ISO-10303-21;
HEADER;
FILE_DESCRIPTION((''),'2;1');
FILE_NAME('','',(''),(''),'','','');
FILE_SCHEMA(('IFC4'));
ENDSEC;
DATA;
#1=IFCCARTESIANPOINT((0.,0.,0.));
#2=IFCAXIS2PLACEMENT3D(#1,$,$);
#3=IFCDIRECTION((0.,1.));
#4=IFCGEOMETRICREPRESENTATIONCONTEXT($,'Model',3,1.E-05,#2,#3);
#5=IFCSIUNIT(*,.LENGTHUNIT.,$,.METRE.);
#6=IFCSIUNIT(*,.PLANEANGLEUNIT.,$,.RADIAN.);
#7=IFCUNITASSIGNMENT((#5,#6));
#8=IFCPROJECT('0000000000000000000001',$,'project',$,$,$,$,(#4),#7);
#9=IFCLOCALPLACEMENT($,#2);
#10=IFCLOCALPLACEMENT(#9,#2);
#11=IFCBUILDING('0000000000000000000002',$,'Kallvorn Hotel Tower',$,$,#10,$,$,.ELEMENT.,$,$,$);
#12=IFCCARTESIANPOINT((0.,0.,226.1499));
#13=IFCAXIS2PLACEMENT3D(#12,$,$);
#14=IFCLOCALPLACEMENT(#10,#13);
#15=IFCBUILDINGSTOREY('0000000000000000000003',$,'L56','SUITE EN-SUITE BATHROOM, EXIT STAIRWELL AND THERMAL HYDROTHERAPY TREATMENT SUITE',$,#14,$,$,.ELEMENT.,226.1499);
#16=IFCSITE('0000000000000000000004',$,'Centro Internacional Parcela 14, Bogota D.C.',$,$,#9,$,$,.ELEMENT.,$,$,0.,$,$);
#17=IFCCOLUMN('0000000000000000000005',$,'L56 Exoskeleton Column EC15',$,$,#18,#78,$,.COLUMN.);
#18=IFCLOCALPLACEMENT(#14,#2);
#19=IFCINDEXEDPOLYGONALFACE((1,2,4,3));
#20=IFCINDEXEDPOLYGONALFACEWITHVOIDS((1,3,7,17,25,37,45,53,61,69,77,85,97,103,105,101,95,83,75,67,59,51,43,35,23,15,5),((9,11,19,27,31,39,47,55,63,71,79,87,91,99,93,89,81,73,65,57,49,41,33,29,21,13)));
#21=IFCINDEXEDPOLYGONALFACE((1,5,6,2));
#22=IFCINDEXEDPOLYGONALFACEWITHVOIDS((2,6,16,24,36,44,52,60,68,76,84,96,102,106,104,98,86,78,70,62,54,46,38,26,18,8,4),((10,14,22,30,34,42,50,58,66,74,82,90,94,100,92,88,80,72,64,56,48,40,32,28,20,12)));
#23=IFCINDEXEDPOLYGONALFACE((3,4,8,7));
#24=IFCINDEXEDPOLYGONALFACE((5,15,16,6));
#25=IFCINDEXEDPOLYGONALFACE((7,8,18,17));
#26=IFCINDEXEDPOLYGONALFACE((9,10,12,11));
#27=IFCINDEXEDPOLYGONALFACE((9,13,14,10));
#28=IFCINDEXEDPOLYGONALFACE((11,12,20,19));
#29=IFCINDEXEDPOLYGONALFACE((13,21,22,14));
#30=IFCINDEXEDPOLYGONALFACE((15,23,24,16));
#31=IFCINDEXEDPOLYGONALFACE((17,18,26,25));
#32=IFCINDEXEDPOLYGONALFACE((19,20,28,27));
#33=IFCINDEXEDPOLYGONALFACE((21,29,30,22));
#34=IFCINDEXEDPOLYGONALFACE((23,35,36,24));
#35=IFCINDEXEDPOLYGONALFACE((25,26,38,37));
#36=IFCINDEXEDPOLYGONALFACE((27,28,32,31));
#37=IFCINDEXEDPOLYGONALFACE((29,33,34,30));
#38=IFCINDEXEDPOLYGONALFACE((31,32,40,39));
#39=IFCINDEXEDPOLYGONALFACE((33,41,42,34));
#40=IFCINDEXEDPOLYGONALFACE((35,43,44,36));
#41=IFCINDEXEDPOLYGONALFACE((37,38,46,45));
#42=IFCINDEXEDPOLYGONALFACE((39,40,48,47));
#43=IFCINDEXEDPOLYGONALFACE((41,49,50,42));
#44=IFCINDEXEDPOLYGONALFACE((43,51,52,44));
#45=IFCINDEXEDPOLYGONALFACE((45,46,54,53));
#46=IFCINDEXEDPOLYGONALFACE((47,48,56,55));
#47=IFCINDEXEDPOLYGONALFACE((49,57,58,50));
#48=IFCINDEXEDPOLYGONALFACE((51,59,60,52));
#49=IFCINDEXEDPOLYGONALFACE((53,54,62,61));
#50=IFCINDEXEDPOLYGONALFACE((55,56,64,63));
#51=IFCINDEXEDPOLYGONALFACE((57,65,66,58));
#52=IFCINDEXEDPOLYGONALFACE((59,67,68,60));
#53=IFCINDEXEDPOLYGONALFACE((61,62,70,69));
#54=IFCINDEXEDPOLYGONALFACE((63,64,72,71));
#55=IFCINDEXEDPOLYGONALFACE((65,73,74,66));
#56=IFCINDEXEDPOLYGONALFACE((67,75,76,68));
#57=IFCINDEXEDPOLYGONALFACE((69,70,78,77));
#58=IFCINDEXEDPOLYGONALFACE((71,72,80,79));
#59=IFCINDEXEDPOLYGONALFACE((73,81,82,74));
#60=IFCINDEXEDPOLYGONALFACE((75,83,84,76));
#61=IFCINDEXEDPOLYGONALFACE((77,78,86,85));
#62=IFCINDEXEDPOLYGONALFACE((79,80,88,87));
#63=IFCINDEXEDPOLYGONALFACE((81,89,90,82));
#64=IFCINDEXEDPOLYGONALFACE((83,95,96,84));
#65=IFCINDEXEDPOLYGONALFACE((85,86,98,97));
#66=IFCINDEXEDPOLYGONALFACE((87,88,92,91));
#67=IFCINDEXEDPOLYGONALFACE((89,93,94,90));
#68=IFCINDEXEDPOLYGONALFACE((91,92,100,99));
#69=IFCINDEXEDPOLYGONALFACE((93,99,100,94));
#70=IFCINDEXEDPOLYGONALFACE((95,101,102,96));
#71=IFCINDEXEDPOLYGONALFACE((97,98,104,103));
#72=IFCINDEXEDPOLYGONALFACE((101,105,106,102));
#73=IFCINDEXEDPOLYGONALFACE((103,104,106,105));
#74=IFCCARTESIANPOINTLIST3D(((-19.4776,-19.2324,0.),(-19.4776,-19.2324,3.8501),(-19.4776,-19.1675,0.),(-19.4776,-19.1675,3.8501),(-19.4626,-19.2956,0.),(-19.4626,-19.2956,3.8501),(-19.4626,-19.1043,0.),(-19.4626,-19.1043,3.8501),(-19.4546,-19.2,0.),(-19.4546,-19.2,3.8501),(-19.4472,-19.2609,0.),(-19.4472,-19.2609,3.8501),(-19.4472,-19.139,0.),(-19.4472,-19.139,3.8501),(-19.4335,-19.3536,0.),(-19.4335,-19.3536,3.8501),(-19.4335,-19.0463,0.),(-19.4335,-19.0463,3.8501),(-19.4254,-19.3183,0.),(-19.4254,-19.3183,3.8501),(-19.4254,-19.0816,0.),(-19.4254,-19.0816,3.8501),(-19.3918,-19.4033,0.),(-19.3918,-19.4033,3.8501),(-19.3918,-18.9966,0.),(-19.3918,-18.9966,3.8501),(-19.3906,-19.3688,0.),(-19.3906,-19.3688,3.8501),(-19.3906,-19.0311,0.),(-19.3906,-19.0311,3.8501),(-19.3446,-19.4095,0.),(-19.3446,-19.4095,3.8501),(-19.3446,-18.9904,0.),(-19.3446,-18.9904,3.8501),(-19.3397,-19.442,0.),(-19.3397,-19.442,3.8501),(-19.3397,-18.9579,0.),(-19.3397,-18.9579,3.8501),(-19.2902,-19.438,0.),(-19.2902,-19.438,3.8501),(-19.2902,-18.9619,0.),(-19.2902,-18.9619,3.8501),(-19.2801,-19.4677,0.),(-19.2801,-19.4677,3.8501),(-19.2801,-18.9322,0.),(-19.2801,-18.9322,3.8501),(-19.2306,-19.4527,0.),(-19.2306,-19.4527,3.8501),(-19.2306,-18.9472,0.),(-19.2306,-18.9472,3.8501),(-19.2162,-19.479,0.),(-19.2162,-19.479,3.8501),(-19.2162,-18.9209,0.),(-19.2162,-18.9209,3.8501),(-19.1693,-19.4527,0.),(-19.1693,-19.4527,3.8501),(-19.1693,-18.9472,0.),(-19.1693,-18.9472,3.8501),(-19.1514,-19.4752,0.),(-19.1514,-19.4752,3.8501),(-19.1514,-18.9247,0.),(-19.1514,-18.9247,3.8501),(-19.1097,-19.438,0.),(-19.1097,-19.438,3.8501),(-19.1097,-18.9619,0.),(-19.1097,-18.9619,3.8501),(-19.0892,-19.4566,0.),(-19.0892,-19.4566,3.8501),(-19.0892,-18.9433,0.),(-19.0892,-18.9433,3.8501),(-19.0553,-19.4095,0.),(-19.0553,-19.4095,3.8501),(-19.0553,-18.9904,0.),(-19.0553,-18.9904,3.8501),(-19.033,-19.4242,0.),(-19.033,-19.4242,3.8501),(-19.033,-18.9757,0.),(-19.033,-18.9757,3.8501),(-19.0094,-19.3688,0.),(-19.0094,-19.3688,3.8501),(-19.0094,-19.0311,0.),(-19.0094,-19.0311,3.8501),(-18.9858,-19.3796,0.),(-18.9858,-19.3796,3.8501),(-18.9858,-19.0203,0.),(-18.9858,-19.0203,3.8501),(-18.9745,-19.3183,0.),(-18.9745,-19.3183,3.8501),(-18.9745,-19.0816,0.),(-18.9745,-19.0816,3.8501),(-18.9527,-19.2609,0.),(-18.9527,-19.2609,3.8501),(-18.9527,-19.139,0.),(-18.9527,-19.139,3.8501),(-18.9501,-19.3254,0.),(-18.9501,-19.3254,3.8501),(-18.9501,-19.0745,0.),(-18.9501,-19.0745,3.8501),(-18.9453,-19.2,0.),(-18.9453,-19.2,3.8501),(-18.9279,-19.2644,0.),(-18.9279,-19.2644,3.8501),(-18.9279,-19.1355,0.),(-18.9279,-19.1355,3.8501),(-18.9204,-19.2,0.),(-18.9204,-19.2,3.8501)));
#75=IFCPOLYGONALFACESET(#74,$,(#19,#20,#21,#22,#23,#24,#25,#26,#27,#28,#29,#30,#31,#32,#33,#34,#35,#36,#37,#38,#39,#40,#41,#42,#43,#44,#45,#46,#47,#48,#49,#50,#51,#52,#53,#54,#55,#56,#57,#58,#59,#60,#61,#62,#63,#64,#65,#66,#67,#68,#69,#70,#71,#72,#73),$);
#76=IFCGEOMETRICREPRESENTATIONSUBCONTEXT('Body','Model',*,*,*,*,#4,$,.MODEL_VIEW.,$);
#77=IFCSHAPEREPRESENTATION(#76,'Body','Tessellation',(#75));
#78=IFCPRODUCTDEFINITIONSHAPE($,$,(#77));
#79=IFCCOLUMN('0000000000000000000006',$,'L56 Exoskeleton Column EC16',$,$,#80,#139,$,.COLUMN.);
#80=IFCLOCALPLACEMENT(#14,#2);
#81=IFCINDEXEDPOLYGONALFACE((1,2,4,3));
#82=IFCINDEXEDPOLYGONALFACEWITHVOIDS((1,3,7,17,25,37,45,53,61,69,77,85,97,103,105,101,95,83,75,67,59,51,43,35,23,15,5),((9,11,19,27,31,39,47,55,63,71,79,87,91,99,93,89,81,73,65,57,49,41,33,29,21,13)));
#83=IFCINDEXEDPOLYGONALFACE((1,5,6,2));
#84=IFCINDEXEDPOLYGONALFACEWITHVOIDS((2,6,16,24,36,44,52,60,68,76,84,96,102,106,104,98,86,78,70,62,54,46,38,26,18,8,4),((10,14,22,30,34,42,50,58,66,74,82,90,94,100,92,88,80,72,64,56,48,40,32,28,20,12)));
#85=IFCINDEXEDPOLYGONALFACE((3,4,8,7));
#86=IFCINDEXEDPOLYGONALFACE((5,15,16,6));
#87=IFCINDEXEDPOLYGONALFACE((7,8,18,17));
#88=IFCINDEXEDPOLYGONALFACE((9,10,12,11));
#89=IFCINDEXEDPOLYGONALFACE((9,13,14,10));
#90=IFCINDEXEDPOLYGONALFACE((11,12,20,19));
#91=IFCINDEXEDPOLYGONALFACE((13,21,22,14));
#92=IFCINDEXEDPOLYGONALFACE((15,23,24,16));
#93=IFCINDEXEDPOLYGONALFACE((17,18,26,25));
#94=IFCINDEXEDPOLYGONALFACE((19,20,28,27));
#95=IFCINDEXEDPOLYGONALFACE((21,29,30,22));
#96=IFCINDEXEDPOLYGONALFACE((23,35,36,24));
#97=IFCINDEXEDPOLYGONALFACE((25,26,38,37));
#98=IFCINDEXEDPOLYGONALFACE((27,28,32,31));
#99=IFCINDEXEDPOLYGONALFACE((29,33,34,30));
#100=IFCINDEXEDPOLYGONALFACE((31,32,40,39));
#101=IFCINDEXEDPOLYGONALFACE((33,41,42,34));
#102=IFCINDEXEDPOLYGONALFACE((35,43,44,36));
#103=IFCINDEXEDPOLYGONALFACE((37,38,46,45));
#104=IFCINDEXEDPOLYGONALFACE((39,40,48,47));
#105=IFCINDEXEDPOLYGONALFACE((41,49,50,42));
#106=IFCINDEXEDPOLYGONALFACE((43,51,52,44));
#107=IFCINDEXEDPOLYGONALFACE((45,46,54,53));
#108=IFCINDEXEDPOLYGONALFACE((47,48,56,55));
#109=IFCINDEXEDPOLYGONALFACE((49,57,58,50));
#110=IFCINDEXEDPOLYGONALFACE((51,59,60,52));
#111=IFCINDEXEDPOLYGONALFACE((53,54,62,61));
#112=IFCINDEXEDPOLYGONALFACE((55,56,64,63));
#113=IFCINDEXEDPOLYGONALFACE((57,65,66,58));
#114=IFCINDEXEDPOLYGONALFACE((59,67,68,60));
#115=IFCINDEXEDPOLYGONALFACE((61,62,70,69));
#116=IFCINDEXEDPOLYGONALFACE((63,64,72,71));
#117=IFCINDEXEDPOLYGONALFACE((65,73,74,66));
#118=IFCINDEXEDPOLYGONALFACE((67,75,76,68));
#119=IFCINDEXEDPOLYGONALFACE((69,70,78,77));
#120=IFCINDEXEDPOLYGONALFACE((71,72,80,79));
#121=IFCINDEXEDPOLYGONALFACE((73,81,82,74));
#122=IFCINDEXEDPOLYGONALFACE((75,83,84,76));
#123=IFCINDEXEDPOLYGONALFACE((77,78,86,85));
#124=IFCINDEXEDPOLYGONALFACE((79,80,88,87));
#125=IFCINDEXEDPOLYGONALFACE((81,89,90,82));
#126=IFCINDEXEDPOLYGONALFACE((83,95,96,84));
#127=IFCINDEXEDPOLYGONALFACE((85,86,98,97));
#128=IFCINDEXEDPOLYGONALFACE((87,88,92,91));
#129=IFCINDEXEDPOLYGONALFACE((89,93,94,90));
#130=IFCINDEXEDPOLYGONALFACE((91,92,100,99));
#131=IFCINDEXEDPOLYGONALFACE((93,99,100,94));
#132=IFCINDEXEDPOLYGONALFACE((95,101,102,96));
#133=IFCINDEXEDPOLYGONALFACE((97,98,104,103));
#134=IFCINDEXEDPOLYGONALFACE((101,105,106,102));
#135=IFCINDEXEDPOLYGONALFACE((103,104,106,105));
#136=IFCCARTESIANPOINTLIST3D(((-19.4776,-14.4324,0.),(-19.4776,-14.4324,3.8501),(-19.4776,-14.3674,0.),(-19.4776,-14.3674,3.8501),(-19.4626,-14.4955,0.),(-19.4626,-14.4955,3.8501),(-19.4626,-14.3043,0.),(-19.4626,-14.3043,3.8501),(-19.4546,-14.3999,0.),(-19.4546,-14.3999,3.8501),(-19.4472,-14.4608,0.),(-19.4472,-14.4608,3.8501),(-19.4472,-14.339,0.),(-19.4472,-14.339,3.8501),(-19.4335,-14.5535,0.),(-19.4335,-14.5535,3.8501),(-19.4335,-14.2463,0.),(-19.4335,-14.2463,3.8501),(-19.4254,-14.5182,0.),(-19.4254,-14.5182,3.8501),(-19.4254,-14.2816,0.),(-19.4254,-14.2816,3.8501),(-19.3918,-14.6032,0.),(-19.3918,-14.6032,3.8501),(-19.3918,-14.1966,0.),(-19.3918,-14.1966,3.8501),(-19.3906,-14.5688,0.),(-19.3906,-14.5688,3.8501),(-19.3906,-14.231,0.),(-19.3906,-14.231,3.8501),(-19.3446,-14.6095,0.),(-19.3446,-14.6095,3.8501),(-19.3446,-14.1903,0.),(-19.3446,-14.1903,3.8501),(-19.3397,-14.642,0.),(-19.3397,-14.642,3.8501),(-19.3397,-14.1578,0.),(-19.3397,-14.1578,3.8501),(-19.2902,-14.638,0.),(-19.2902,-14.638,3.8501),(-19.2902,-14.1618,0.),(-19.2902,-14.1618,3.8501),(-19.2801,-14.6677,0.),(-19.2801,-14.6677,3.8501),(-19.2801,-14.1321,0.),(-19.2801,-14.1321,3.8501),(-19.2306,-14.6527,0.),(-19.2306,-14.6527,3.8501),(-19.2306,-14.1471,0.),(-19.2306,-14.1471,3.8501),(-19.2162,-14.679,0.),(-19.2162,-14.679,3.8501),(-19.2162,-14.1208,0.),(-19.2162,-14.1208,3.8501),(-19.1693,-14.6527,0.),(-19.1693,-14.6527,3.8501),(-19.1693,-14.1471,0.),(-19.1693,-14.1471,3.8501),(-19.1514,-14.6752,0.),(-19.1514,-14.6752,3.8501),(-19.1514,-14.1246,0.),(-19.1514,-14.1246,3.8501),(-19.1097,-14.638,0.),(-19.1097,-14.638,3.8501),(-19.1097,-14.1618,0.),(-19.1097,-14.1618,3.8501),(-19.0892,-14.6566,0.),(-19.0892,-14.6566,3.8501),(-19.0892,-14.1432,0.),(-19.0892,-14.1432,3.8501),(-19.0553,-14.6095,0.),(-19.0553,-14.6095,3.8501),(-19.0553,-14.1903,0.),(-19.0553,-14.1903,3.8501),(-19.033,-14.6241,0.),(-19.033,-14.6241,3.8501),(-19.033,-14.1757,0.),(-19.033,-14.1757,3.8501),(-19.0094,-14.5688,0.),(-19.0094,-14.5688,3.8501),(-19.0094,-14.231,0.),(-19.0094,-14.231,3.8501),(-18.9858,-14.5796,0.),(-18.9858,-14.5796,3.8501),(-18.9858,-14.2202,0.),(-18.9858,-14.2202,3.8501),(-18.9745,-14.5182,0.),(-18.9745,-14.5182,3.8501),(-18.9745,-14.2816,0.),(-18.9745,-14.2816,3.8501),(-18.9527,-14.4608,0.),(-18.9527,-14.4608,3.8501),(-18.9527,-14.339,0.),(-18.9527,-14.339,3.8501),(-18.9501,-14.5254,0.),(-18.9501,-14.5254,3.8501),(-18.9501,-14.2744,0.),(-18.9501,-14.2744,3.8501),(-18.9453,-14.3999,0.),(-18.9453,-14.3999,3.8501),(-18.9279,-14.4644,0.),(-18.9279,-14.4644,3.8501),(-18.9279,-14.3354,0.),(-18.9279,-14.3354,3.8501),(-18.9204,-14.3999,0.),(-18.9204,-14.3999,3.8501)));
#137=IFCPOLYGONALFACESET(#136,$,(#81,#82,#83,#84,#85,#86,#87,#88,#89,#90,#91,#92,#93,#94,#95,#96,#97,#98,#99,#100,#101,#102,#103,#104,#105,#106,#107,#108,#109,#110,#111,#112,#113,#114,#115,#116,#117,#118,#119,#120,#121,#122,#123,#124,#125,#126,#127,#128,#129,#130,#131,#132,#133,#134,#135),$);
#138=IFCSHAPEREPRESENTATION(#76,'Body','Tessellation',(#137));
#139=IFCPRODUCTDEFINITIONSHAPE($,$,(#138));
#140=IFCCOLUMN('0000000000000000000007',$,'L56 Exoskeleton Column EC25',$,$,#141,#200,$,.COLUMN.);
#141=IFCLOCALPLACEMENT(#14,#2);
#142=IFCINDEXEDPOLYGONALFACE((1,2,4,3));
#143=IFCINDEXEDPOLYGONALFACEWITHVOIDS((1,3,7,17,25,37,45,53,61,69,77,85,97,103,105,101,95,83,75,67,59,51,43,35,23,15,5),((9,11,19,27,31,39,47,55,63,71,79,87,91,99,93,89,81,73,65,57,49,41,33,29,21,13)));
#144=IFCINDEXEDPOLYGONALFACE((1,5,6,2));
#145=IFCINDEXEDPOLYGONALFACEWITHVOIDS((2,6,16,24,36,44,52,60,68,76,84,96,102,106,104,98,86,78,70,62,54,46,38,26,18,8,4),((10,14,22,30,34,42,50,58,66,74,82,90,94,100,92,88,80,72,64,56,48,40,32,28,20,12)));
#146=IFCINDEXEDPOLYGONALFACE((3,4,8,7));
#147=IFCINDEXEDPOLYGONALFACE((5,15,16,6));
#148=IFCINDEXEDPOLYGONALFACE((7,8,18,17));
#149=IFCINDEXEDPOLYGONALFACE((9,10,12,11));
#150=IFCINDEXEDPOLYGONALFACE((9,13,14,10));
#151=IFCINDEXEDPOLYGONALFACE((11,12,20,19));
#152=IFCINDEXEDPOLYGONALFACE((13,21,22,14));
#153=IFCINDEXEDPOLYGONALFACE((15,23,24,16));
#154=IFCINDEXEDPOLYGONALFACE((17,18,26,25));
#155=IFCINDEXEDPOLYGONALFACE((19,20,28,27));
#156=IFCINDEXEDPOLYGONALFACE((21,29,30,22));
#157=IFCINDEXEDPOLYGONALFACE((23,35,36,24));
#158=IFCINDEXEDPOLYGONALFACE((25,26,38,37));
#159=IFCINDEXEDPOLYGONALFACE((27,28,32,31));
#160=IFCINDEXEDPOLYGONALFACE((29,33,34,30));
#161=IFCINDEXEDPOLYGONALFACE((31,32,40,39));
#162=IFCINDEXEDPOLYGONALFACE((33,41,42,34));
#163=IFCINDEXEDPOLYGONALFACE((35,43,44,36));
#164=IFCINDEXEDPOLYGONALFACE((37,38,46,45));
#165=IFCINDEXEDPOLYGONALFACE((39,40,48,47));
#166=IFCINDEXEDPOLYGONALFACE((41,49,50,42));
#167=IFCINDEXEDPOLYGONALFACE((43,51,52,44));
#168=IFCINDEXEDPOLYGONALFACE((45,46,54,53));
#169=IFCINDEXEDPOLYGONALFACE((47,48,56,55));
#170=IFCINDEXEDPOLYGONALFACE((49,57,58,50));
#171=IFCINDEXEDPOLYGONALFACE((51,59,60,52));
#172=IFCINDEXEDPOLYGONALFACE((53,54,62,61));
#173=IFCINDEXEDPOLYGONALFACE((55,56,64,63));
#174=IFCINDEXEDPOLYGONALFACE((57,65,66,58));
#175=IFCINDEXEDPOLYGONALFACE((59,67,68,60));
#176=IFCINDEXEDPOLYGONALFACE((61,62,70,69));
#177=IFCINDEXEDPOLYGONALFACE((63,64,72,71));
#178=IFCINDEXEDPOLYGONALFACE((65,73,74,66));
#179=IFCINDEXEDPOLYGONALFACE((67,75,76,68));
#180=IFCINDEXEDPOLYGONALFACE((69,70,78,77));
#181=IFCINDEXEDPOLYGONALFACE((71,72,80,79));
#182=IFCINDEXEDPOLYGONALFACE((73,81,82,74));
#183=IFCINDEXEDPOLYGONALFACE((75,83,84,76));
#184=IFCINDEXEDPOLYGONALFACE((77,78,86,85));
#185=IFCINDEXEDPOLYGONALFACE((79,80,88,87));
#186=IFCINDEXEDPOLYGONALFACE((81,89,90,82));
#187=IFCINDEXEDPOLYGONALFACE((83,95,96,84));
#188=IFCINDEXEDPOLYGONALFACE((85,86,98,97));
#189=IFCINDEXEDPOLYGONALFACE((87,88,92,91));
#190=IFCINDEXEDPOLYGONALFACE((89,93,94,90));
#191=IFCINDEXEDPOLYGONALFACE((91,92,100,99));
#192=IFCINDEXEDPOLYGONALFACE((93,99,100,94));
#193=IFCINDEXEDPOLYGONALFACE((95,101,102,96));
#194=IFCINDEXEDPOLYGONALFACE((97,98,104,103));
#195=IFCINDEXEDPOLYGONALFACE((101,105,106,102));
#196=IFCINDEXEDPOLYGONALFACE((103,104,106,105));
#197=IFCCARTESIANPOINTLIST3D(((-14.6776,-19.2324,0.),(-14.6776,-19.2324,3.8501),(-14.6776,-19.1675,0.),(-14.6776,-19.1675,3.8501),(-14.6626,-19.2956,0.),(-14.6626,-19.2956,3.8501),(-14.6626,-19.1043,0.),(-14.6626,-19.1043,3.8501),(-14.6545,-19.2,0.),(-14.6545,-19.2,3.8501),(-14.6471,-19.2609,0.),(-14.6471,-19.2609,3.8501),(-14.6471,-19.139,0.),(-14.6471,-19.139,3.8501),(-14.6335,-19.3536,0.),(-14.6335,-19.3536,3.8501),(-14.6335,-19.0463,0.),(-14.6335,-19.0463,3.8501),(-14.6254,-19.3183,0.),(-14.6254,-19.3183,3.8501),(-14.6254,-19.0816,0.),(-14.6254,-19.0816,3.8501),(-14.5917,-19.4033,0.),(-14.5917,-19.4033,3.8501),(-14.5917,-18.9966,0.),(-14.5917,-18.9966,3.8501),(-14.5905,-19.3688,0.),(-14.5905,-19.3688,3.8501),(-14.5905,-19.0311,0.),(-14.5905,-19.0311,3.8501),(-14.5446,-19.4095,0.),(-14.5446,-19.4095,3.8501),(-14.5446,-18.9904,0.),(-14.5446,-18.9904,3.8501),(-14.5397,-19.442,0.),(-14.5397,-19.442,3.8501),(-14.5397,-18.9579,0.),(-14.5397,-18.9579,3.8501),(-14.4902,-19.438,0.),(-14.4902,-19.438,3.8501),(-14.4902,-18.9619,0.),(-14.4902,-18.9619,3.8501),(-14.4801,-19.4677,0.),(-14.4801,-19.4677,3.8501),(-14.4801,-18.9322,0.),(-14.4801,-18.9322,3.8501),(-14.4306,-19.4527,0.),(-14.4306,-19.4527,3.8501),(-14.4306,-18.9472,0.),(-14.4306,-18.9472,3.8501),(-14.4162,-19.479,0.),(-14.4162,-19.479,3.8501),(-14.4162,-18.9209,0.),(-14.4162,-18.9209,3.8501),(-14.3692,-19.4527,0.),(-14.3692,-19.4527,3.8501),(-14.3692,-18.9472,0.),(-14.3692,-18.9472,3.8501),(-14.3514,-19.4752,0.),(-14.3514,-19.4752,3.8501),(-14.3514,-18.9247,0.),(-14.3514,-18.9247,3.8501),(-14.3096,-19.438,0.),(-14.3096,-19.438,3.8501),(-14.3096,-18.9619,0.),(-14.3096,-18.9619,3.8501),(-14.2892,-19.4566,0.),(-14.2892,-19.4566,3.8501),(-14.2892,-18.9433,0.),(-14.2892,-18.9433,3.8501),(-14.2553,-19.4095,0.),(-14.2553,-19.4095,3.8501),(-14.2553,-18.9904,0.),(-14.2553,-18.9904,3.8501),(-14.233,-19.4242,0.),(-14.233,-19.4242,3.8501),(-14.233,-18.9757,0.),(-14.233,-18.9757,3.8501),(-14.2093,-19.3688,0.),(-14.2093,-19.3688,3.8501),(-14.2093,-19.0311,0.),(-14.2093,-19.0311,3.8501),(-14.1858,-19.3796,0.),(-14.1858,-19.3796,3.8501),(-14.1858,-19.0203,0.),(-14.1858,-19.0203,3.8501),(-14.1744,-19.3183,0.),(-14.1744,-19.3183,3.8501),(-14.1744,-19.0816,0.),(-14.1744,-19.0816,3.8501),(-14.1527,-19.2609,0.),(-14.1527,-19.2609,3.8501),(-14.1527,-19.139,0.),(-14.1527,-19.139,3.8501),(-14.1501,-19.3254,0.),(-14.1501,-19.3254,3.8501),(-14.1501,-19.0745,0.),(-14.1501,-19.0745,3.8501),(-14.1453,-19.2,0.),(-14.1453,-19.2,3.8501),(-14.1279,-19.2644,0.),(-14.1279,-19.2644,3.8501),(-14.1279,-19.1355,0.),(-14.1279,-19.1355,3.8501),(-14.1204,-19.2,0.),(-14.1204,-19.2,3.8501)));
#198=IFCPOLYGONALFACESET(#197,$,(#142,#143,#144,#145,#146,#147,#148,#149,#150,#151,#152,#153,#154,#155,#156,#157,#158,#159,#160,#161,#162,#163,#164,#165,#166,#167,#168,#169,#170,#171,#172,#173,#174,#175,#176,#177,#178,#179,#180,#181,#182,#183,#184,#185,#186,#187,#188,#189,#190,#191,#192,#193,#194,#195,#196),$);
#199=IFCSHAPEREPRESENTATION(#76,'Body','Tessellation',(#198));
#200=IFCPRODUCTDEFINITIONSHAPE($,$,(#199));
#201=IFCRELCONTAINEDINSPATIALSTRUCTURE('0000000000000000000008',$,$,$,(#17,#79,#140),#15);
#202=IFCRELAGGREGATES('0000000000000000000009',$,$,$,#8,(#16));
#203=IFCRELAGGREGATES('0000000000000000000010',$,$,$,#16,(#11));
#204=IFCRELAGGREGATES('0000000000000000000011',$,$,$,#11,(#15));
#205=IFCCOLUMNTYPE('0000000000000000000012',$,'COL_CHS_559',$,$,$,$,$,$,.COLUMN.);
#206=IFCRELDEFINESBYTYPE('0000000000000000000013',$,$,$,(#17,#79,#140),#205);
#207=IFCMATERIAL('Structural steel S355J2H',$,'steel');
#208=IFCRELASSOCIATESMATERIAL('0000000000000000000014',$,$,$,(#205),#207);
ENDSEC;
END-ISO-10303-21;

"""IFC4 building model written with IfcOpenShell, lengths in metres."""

from ifc_helpers import new_model, si_unit, direction, frame, origin, origin_2d, place, context, subcontext, project, spatial, hollow_circle, extrude, material, material_profile, profile_set, type_object, element, save


model = new_model("IFC4")

# Units and contexts
model_context = context("Model", 3, precision=1e-05, world=origin(), true_north=direction((0.0, 1.0)))
body_context = subcontext(model_context, "Body", "Model", "MODEL_VIEW")
ifc_project = project(units=[si_unit("LENGTHUNIT", "METRE"), si_unit("PLANEANGLEUNIT", "RADIAN")], contexts=[model_context])

# Site, building, storey
site_placement = place(None, origin())
site = spatial("IfcSite", under=ifc_project, at=site_placement, Name="Centro Internacional Parcela 14, Bogota D.C.", CompositionType="ELEMENT", RefElevation=0.0)
building_placement = place(site_placement, origin())
building = spatial("IfcBuilding", under=site, at=building_placement, Name="Kallvorn Hotel Tower", CompositionType="ELEMENT")
storey_placement = place(building_placement, frame((0.0, 0.0, 226.1499)))
storey = spatial("IfcBuildingStorey", under=building, at=storey_placement, Name="L56", Description="SUITE EN-SUITE BATHROOM, EXIT STAIRWELL AND THERMAL HYDROTHERAPY TREATMENT SUITE", CompositionType="ELEMENT", Elevation=226.1499)

# Columns
ifc_material_1 = material(Name="Structural steel S355J2H", Category="steel")
ifc_material_profile_1 = material_profile(ifc_material_1, hollow_circle(Radius=0.2795, WallThickness=0.0249, at=origin_2d()), Name="CHS 559x25")
ifc_profile_set_1 = profile_set([ifc_material_profile_1], Name="Structural steel S355J2H")
column_type_1 = type_object("IfcColumnType", Name="COL_CHS_559", PredefinedType="COLUMN", material=ifc_profile_set_1)
for number, where, z_axis, x_axis, name in (
    (1, (-19.2, -19.2, 0.0), (0.0, 0.0, 1.0), (1.0, 0.0, 0.0), "L56 Exoskeleton Column EC15"),
    (2, (-19.2, -14.3999, 0.0), (0.0, 0.0, 1.0), (1.0, 0.0, 0.0), "L56 Exoskeleton Column EC16"),
    (3, (-14.3999, -19.2, 0.0), (0.0, 0.0, 1.0), (1.0, 0.0, 0.0), "L56 Exoskeleton Column EC25"),
):
    element("IfcColumn", number, at=place(storey_placement, frame(where, z_axis=z_axis, x_axis=x_axis)), inside=storey, type_object=column_type_1, Name=name, PredefinedType="COLUMN", context=body_context, shape_type="SweptSolid", body=[
        extrude(hollow_circle(Radius=0.2795, WallThickness=0.0249, at=origin_2d()), origin(), (0.0, 0.0, 1.0), 3.8501),
    ])

save(model, "model.ifc")
